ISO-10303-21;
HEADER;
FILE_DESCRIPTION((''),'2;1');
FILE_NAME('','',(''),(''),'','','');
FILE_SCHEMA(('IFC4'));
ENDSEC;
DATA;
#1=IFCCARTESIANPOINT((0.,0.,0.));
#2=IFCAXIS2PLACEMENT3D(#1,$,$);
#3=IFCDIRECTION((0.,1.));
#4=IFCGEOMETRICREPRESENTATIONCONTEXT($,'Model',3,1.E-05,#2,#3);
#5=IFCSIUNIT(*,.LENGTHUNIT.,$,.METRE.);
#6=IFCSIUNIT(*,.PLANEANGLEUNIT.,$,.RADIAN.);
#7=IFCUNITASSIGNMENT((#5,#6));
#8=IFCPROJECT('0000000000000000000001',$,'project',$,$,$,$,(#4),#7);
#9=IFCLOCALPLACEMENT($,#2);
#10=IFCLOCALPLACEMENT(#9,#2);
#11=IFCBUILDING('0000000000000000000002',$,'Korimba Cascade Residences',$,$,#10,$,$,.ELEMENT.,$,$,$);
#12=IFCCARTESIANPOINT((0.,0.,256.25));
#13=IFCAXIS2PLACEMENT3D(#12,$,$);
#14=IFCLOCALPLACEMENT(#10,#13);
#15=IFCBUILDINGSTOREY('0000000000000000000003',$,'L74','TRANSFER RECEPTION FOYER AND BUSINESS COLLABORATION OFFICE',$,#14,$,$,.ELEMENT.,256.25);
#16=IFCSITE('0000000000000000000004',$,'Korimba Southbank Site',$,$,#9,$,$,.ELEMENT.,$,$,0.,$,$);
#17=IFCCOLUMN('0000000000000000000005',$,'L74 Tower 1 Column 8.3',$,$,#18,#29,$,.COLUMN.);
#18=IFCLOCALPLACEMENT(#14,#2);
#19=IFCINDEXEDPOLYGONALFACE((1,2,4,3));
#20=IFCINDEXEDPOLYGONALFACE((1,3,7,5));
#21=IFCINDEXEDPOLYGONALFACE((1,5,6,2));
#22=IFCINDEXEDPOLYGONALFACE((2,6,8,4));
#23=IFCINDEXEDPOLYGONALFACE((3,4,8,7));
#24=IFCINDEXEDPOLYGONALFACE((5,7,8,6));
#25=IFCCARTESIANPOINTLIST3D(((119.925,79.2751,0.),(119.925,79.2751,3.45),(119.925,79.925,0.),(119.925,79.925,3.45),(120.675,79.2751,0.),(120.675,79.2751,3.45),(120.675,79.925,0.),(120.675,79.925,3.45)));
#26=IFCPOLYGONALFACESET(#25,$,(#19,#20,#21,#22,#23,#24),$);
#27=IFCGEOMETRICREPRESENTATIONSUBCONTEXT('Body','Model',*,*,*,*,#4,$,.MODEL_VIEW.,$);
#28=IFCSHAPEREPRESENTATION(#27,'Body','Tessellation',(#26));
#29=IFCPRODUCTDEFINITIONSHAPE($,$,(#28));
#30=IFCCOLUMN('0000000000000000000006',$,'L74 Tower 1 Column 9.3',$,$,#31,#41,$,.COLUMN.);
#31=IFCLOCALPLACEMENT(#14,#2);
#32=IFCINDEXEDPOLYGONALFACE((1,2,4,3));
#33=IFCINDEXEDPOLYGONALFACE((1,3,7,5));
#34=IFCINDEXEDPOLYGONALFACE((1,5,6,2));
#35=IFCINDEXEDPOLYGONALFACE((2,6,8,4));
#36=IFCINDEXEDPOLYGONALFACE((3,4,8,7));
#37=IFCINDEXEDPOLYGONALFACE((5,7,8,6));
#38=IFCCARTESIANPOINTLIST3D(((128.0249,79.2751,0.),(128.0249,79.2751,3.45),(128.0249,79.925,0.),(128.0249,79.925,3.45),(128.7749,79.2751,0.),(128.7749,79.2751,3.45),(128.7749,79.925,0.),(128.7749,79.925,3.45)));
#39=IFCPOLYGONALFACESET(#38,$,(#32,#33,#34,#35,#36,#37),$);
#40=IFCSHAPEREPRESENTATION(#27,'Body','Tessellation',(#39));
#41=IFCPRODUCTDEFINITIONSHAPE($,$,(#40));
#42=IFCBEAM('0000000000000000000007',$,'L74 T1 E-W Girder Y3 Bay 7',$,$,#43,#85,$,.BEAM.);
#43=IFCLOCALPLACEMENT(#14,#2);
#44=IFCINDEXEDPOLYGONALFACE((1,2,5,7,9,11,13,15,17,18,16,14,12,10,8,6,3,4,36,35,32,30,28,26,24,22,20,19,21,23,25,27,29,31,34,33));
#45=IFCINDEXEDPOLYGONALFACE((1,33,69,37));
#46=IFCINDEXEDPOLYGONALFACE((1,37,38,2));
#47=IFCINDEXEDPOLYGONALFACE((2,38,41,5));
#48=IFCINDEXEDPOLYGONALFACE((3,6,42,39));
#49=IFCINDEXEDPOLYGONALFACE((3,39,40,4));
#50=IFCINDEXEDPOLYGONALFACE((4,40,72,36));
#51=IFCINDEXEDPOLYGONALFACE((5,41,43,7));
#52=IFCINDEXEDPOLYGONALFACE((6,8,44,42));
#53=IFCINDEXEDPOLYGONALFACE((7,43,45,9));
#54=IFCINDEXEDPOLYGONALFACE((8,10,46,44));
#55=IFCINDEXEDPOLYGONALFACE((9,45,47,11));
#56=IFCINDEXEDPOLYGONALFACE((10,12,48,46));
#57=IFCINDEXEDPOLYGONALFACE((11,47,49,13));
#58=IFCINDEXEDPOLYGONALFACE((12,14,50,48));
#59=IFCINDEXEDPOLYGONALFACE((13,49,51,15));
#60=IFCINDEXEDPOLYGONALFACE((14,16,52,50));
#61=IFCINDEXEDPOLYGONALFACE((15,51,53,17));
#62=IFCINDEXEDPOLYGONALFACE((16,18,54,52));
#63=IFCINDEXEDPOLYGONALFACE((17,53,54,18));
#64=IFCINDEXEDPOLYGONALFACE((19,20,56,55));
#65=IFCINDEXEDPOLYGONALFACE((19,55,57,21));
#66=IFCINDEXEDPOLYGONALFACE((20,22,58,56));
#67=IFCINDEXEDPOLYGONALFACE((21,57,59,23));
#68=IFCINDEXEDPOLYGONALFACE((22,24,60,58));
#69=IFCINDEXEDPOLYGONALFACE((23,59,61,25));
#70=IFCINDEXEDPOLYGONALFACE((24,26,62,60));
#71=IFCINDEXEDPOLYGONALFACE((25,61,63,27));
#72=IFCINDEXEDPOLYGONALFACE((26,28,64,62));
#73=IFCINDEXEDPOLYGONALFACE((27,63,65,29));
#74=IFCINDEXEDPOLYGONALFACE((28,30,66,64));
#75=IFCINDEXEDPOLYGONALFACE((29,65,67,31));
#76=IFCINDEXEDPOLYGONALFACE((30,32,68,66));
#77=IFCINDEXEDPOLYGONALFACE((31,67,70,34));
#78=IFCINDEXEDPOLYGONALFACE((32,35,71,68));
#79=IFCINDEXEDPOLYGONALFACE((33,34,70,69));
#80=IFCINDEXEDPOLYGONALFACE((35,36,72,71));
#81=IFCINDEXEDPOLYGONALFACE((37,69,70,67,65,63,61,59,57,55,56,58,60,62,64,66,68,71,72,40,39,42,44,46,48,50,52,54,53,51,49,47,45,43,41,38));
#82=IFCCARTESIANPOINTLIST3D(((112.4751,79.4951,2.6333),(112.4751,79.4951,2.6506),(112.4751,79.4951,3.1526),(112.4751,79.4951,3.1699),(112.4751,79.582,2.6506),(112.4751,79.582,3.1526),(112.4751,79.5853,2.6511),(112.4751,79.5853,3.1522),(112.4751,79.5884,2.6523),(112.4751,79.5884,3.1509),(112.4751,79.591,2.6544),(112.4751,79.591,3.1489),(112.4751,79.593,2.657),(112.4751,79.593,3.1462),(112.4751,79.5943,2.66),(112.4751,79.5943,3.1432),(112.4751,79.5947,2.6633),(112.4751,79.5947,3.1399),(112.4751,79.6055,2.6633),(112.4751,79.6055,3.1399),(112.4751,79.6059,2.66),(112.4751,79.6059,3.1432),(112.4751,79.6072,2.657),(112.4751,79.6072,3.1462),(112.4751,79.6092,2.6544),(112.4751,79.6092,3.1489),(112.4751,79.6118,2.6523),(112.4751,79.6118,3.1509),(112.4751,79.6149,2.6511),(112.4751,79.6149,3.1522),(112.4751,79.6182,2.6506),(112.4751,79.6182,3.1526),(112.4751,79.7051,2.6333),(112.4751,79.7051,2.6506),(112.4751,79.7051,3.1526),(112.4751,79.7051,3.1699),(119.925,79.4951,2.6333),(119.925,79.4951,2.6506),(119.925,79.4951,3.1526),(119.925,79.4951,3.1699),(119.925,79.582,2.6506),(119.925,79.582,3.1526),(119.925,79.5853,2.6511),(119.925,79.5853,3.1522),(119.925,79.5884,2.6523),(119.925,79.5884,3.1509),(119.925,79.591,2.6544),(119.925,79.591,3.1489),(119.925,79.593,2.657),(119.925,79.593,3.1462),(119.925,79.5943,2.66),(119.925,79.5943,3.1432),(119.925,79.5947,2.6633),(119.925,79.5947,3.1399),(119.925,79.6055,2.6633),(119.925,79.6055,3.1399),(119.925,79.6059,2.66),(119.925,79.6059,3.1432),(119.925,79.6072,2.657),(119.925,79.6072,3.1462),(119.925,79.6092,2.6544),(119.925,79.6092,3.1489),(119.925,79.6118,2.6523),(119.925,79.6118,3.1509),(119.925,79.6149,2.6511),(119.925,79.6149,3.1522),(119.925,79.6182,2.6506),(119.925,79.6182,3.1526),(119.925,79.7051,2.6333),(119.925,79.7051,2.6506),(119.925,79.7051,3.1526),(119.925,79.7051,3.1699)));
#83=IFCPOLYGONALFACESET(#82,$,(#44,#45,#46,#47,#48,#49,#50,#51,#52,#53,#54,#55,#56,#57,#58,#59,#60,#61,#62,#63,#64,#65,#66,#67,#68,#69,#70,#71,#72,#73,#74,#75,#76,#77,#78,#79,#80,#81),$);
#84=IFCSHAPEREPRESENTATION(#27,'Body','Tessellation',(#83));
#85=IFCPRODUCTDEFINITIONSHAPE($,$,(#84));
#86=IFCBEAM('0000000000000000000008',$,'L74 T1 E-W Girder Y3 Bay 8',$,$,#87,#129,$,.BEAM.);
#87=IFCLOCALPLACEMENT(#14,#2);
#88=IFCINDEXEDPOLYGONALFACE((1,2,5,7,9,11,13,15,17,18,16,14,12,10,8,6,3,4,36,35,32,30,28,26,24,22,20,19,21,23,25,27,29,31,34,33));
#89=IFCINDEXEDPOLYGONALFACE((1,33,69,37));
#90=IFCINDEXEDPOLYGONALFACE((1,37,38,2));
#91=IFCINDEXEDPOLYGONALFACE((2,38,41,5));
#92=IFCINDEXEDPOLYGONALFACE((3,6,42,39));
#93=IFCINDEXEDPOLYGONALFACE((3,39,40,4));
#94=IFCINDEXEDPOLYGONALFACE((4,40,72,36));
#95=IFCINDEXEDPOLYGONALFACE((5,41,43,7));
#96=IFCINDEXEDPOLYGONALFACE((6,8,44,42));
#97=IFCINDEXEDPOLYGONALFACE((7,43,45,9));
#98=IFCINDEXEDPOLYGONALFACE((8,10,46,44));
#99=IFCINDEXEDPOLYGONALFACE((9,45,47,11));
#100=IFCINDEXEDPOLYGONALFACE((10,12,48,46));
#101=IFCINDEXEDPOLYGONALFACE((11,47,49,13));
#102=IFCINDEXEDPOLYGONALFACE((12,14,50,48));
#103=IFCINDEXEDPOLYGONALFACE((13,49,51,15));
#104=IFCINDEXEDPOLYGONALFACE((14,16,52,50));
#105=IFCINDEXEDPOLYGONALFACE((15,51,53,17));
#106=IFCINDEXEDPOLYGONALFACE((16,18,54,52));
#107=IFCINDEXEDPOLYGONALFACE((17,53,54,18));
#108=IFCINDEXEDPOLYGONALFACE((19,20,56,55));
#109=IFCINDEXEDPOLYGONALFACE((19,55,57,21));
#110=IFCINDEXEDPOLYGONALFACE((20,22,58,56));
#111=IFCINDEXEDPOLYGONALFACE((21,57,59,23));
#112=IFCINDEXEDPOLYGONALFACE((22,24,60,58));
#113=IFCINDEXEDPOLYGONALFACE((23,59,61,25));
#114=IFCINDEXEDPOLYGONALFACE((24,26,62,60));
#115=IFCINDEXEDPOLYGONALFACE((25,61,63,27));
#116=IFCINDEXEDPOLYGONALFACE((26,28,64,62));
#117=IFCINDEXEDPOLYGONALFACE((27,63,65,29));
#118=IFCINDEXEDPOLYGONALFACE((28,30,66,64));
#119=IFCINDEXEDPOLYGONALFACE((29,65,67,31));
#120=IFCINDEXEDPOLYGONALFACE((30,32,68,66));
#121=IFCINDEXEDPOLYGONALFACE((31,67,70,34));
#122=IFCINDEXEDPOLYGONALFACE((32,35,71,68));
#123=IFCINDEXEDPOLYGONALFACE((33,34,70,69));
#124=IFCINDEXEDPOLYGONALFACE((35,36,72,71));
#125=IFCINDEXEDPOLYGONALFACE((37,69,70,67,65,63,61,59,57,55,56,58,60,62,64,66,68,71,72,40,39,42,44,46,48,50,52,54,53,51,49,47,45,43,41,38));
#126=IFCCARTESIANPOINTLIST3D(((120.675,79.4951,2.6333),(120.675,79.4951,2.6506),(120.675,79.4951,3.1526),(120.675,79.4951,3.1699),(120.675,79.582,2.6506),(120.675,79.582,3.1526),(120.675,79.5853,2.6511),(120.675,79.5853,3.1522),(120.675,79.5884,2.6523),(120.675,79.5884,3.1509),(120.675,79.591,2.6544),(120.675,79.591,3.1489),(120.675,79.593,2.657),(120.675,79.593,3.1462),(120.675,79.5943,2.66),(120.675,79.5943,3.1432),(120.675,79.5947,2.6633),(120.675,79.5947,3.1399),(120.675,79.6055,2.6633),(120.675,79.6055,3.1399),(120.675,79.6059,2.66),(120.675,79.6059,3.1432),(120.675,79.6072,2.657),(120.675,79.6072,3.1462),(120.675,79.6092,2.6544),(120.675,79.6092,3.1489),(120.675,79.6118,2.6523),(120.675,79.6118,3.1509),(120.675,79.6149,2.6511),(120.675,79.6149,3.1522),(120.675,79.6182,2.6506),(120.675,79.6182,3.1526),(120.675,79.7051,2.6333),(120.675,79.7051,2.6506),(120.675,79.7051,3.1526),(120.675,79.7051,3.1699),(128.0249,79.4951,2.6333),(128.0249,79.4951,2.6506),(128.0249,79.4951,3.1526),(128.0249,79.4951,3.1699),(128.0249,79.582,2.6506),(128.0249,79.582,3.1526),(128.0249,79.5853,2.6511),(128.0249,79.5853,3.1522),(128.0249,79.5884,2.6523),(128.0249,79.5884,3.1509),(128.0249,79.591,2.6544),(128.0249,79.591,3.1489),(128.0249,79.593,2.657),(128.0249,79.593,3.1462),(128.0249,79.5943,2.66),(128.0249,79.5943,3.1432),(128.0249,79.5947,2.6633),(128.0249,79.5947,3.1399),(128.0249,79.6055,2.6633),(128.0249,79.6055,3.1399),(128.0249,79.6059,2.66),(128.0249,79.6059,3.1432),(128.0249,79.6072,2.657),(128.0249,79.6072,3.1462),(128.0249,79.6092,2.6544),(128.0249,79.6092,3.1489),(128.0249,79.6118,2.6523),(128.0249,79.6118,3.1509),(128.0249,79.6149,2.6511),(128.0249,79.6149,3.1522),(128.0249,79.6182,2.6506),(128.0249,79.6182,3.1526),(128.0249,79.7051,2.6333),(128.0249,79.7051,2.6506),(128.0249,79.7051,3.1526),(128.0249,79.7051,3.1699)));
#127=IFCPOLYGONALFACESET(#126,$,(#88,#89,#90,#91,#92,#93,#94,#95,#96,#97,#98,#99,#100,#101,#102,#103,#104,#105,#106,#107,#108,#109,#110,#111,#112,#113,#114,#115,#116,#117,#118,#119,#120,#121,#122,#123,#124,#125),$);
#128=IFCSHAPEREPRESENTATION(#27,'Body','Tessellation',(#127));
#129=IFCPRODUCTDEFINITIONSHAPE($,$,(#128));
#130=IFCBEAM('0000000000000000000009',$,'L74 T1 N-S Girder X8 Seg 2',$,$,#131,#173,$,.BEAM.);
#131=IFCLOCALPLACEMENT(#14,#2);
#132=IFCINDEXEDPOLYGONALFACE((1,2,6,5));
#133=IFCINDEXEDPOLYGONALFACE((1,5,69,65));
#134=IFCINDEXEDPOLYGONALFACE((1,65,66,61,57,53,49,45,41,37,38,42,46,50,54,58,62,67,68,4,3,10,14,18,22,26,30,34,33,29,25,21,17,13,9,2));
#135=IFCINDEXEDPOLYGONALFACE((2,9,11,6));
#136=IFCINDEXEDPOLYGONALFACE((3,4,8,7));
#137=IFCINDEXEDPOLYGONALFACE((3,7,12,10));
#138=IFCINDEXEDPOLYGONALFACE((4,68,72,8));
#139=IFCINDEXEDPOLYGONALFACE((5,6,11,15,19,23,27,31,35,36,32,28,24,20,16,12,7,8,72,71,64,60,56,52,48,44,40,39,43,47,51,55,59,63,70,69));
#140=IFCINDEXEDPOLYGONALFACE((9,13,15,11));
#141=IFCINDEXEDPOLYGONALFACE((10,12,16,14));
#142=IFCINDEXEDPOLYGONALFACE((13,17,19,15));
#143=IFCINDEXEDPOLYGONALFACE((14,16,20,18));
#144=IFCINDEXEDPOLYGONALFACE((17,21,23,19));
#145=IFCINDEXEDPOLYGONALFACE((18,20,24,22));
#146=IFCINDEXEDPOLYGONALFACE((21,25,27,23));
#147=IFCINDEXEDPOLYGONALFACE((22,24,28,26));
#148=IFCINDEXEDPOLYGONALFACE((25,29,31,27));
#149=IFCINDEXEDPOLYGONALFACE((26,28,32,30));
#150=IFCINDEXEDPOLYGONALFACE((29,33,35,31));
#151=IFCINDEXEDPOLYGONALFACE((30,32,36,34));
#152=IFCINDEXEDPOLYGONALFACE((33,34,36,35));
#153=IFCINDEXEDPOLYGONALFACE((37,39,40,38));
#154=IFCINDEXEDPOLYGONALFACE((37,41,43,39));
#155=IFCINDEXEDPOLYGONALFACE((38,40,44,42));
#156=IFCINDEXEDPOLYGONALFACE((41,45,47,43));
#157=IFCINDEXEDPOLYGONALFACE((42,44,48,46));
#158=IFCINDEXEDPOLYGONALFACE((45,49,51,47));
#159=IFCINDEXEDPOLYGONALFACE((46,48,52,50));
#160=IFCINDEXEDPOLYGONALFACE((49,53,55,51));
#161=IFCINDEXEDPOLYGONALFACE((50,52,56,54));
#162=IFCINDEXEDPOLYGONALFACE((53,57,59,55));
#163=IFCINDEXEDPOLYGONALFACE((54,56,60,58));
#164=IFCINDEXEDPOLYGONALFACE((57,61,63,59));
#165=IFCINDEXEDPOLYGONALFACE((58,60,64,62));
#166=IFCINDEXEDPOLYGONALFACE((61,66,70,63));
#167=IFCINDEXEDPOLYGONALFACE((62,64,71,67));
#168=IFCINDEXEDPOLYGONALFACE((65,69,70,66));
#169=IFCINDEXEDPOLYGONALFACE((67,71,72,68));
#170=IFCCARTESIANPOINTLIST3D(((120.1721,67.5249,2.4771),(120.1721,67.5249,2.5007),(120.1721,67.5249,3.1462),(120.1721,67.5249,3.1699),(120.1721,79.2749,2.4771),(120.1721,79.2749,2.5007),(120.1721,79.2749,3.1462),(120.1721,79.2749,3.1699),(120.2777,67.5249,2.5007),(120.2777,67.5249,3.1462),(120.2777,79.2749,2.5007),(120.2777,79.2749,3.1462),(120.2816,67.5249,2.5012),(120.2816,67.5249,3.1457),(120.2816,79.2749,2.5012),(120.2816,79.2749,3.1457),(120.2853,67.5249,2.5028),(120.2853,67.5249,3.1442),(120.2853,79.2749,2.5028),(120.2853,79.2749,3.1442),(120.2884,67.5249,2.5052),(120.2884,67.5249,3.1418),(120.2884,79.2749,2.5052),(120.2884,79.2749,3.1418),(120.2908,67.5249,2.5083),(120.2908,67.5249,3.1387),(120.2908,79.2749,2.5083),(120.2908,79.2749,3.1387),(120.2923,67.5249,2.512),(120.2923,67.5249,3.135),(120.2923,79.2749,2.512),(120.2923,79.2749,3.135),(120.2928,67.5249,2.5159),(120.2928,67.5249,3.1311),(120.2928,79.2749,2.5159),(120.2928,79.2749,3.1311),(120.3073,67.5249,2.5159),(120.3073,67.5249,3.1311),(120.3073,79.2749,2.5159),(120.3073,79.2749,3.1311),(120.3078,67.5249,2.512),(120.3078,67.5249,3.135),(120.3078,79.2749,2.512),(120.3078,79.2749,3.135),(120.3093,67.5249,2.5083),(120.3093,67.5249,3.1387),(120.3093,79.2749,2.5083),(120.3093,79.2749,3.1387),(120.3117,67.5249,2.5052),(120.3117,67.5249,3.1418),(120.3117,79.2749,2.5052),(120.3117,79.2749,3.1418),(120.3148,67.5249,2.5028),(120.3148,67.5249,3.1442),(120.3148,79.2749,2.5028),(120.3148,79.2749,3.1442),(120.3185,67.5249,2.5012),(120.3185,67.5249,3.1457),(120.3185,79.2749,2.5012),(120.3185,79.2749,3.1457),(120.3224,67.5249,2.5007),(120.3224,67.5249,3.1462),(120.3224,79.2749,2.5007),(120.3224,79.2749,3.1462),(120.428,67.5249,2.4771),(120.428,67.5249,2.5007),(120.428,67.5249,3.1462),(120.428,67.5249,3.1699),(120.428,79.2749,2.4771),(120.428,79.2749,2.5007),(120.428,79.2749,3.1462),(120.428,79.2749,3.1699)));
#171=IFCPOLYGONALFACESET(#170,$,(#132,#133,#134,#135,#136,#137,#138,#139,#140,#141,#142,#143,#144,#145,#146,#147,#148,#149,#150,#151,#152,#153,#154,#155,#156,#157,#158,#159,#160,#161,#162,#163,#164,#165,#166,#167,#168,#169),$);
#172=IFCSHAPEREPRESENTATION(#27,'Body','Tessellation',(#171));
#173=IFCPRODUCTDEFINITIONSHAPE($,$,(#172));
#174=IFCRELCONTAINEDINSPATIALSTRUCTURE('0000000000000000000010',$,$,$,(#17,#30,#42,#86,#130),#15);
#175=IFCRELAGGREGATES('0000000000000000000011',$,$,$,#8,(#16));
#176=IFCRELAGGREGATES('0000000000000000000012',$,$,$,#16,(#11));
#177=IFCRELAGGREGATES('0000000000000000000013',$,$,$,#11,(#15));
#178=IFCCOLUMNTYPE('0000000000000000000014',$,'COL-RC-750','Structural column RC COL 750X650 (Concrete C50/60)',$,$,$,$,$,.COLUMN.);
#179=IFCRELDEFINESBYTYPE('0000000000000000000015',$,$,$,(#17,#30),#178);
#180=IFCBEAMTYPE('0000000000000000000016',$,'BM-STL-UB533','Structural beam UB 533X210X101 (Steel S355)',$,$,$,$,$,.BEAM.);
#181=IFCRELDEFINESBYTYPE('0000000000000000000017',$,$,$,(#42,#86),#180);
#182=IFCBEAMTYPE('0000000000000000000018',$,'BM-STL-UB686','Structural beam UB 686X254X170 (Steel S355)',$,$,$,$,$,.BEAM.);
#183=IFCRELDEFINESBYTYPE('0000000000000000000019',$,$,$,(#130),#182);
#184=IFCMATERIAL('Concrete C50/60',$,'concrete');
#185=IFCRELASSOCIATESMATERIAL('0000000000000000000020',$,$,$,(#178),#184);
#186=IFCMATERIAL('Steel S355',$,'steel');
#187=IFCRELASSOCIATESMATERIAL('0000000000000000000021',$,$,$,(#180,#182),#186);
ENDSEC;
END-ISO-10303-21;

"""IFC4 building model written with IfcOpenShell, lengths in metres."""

from ifc_helpers import new_model, si_unit, direction, frame, origin, origin_2d, place, context, subcontext, project, spatial, rectangle, i_section, extrude, material, material_profile, profile_set, type_object, element, save


model = new_model("IFC4")

# Units and contexts
model_context = context("Model", 3, precision=1e-05, world=origin(), true_north=direction((0.0, 1.0)))
body_context = subcontext(model_context, "Body", "Model", "MODEL_VIEW")
ifc_project = project(units=[si_unit("LENGTHUNIT", "METRE"), si_unit("PLANEANGLEUNIT", "RADIAN")], contexts=[model_context])

# Site, building, storey
site_placement = place(None, origin())
site = spatial("IfcSite", under=ifc_project, at=site_placement, Name="Korimba Southbank Site", CompositionType="ELEMENT", RefElevation=0.0)
building_placement = place(site_placement, origin())
building = spatial("IfcBuilding", under=site, at=building_placement, Name="Korimba Cascade Residences", CompositionType="ELEMENT")
storey_placement = place(building_placement, frame((0.0, 0.0, 256.25)))
storey = spatial("IfcBuildingStorey", under=building, at=storey_placement, Name="L74", Description="TRANSFER RECEPTION FOYER AND BUSINESS COLLABORATION OFFICE", CompositionType="ELEMENT", Elevation=256.25)

# Columns
ifc_material_1 = material(Name="Concrete C50/60", Category="concrete")
ifc_material_profile_1 = material_profile(ifc_material_1, rectangle(XDim=0.75, YDim=0.6499, at=origin_2d()), Name="Concrete C50/60")
ifc_profile_set_1 = profile_set([ifc_material_profile_1], Name="Concrete C50/60")
column_type = type_object("IfcColumnType", Name="COL-RC-750", Description="Structural column RC COL 750X650 (Concrete C50/60)", PredefinedType="COLUMN", material=ifc_profile_set_1)
for number, where, z_axis, x_axis, name in (
    (1, (120.3, 79.6001, 0.0), (0.0, 0.0, 1.0), (1.0, 0.0, 0.0), "L74 Tower 1 Column 8.3"),
    (2, (128.3999, 79.6001, 0.0), (0.0, 0.0, 1.0), (1.0, 0.0, 0.0), "L74 Tower 1 Column 9.3"),
):
    element("IfcColumn", number, at=place(storey_placement, frame(where, z_axis=z_axis, x_axis=x_axis)), inside=storey, type_object=column_type, Name=name, PredefinedType="COLUMN", context=body_context, shape_type="SweptSolid", body=[
        extrude(rectangle(XDim=0.75, YDim=0.6499, at=origin_2d()), origin(), (0.0, 0.0, 1.0), 3.45),
    ])

# Beams
ifc_material_2 = material(Name="Steel S355", Category="steel")
ifc_material_profile_2 = material_profile(ifc_material_2, i_section(OverallWidth=0.21, OverallDepth=0.5366, WebThickness=0.0107, FlangeThickness=0.0173, FilletRadius=0.0127, at=origin_2d()), Name="Steel S355")
ifc_profile_set_2 = profile_set([ifc_material_profile_2], Name="Steel S355")
beam_type_1 = type_object("IfcBeamType", Name="BM-STL-UB533", Description="Structural beam UB 533X210X101 (Steel S355)", PredefinedType="BEAM", material=ifc_profile_set_2)
beam_1_placement = place(storey_placement, frame((112.4751, 79.6001, 2.9016), z_axis=(1.0, 0.0, 0.0), x_axis=(0.0, 1.0, 0.0)))
element("IfcBeam", 3, at=beam_1_placement, inside=storey, type_object=beam_type_1, Name="L74 T1 E-W Girder Y3 Bay 7", PredefinedType="BEAM", context=body_context, shape_type="SweptSolid", body=[
    extrude(i_section(OverallWidth=0.21, OverallDepth=0.5366, WebThickness=0.0107, FlangeThickness=0.0173, FilletRadius=0.0127, at=origin_2d()), origin(), (0.0, 0.0, 1.0), 7.45),
])
beam_2_placement = place(storey_placement, frame((120.675, 79.6001, 2.9016), z_axis=(1.0, 0.0, 0.0), x_axis=(0.0, 1.0, 0.0)))
element("IfcBeam", 4, at=beam_2_placement, inside=storey, type_object=beam_type_1, Name="L74 T1 E-W Girder Y3 Bay 8", PredefinedType="BEAM", context=body_context, shape_type="SweptSolid", body=[
    extrude(i_section(OverallWidth=0.21, OverallDepth=0.5366, WebThickness=0.0107, FlangeThickness=0.0173, FilletRadius=0.0127, at=origin_2d()), origin(), (0.0, 0.0, 1.0), 7.3499),
])
ifc_material_profile_3 = material_profile(ifc_material_2, i_section(OverallWidth=0.2559, OverallDepth=0.6929, WebThickness=0.0144, FlangeThickness=0.0237, FilletRadius=0.0151, at=origin_2d()), Name="Steel S355")
ifc_profile_set_3 = profile_set([ifc_material_profile_3], Name="Steel S355")
beam_type_2 = type_object("IfcBeamType", Name="BM-STL-UB686", Description="Structural beam UB 686X254X170 (Steel S355)", PredefinedType="BEAM", material=ifc_profile_set_3)
beam_3_placement = place(storey_placement, frame((120.3, 67.5249, 2.8235), z_axis=(0.0, 1.0, 0.0), x_axis=(-1.0, 0.0, 0.0)))
element("IfcBeam", 5, at=beam_3_placement, inside=storey, type_object=beam_type_2, Name="L74 T1 N-S Girder X8 Seg 2", PredefinedType="BEAM", context=body_context, shape_type="SweptSolid", body=[
    extrude(i_section(OverallWidth=0.2559, OverallDepth=0.6929, WebThickness=0.0144, FlangeThickness=0.0237, FilletRadius=0.0151, at=origin_2d()), origin(), (0.0, 0.0, 1.0), 11.75),
])

save(model, "model.ifc")
